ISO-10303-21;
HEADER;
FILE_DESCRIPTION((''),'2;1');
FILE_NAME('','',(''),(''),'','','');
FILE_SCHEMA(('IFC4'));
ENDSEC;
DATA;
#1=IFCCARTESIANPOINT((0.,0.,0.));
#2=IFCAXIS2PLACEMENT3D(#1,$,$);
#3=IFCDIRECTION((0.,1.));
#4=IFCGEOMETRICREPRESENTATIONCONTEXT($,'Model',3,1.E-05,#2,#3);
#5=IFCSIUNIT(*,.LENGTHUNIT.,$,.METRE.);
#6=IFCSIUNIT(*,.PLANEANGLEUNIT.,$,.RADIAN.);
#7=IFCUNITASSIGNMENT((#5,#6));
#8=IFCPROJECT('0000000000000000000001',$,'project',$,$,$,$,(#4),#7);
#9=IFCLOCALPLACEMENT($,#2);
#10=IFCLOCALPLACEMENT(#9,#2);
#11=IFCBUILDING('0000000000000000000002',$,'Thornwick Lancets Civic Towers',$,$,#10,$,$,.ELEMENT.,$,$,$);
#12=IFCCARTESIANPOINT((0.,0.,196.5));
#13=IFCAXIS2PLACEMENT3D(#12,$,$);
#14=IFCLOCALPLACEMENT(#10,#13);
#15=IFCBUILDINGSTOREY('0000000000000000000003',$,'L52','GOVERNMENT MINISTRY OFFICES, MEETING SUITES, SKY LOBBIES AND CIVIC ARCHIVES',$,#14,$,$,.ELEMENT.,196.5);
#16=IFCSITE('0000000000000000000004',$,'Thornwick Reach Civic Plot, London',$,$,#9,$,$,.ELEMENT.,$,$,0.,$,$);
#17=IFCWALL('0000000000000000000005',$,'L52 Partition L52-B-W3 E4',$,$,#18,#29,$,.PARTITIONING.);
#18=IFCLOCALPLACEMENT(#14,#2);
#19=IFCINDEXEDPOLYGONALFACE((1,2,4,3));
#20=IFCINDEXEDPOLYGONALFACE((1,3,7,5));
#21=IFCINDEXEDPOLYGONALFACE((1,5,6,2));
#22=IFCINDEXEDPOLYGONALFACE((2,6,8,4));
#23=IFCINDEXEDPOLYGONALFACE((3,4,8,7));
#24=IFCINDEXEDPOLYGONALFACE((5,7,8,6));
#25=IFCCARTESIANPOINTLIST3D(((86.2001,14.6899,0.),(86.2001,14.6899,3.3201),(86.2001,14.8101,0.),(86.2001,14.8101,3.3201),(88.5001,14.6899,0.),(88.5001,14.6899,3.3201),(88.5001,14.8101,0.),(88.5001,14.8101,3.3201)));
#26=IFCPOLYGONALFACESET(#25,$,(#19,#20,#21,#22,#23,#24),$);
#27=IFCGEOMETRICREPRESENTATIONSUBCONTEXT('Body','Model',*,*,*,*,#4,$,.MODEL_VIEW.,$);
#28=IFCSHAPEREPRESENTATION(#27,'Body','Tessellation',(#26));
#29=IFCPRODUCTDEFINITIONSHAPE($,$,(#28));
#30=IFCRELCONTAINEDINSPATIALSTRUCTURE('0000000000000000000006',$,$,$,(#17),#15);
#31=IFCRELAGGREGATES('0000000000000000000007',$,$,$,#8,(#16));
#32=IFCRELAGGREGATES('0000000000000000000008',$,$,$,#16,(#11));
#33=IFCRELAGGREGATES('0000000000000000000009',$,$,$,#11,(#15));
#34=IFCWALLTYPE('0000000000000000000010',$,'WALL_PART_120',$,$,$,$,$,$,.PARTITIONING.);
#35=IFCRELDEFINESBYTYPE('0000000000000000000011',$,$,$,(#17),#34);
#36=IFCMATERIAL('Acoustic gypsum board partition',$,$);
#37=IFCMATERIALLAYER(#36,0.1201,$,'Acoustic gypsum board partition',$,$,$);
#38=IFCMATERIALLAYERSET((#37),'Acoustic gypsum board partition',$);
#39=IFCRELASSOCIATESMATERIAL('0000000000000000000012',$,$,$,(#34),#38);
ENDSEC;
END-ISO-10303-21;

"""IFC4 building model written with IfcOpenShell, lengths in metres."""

from ifc_helpers import new_model, si_unit, direction, frame, frame_2d, origin, place, context, subcontext, project, spatial, rectangle, extrude, material, layer, layer_set, type_object, element, save


model = new_model("IFC4")

# Units and contexts
model_context = context("Model", 3, precision=1e-05, world=origin(), true_north=direction((0.0, 1.0)))
body_context = subcontext(model_context, "Body", "Model", "MODEL_VIEW")
ifc_project = project(units=[si_unit("LENGTHUNIT", "METRE"), si_unit("PLANEANGLEUNIT", "RADIAN")], contexts=[model_context])

# Site, building, storey
site_placement = place(None, origin())
site = spatial("IfcSite", under=ifc_project, at=site_placement, Name="Thornwick Reach Civic Plot, London", CompositionType="ELEMENT", RefElevation=0.0)
building_placement = place(site_placement, origin())
building = spatial("IfcBuilding", under=site, at=building_placement, Name="Thornwick Lancets Civic Towers", CompositionType="ELEMENT")
storey_placement = place(building_placement, frame((0.0, 0.0, 196.5)))
storey = spatial("IfcBuildingStorey", under=building, at=storey_placement, Name="L52", Description="GOVERNMENT MINISTRY OFFICES, MEETING SUITES, SKY LOBBIES AND CIVIC ARCHIVES", CompositionType="ELEMENT", Elevation=196.5)

# Shared definitions
ifc_material_1 = material(Name="Acoustic gypsum board partition")
ifc_layer_1 = layer(ifc_material_1, 0.1201, Name="Acoustic gypsum board partition")
ifc_layer_set_1 = layer_set([ifc_layer_1], Name="Acoustic gypsum board partition")
wall_type = type_object("IfcWallType", Name="WALL_PART_120", PredefinedType="PARTITIONING", material=ifc_layer_set_1)

# Wall
wall_1_placement = place(storey_placement, frame((88.5, 14.75, 0.0), z_axis=(0.0, 0.0, 1.0), x_axis=(-1.0, 0.0, 0.0)))
element("IfcWall", 1, at=wall_1_placement, inside=storey, type_object=wall_type, Name="L52 Partition L52-B-W3 E4", PredefinedType="PARTITIONING", context=body_context, shape_type="SweptSolid", body=[
    extrude(rectangle(XDim=2.3, YDim=0.1201, at=frame_2d((1.1499, 0.0))), origin(), (0.0, 0.0, 1.0), 3.3201),
])

save(model, "model.ifc")
